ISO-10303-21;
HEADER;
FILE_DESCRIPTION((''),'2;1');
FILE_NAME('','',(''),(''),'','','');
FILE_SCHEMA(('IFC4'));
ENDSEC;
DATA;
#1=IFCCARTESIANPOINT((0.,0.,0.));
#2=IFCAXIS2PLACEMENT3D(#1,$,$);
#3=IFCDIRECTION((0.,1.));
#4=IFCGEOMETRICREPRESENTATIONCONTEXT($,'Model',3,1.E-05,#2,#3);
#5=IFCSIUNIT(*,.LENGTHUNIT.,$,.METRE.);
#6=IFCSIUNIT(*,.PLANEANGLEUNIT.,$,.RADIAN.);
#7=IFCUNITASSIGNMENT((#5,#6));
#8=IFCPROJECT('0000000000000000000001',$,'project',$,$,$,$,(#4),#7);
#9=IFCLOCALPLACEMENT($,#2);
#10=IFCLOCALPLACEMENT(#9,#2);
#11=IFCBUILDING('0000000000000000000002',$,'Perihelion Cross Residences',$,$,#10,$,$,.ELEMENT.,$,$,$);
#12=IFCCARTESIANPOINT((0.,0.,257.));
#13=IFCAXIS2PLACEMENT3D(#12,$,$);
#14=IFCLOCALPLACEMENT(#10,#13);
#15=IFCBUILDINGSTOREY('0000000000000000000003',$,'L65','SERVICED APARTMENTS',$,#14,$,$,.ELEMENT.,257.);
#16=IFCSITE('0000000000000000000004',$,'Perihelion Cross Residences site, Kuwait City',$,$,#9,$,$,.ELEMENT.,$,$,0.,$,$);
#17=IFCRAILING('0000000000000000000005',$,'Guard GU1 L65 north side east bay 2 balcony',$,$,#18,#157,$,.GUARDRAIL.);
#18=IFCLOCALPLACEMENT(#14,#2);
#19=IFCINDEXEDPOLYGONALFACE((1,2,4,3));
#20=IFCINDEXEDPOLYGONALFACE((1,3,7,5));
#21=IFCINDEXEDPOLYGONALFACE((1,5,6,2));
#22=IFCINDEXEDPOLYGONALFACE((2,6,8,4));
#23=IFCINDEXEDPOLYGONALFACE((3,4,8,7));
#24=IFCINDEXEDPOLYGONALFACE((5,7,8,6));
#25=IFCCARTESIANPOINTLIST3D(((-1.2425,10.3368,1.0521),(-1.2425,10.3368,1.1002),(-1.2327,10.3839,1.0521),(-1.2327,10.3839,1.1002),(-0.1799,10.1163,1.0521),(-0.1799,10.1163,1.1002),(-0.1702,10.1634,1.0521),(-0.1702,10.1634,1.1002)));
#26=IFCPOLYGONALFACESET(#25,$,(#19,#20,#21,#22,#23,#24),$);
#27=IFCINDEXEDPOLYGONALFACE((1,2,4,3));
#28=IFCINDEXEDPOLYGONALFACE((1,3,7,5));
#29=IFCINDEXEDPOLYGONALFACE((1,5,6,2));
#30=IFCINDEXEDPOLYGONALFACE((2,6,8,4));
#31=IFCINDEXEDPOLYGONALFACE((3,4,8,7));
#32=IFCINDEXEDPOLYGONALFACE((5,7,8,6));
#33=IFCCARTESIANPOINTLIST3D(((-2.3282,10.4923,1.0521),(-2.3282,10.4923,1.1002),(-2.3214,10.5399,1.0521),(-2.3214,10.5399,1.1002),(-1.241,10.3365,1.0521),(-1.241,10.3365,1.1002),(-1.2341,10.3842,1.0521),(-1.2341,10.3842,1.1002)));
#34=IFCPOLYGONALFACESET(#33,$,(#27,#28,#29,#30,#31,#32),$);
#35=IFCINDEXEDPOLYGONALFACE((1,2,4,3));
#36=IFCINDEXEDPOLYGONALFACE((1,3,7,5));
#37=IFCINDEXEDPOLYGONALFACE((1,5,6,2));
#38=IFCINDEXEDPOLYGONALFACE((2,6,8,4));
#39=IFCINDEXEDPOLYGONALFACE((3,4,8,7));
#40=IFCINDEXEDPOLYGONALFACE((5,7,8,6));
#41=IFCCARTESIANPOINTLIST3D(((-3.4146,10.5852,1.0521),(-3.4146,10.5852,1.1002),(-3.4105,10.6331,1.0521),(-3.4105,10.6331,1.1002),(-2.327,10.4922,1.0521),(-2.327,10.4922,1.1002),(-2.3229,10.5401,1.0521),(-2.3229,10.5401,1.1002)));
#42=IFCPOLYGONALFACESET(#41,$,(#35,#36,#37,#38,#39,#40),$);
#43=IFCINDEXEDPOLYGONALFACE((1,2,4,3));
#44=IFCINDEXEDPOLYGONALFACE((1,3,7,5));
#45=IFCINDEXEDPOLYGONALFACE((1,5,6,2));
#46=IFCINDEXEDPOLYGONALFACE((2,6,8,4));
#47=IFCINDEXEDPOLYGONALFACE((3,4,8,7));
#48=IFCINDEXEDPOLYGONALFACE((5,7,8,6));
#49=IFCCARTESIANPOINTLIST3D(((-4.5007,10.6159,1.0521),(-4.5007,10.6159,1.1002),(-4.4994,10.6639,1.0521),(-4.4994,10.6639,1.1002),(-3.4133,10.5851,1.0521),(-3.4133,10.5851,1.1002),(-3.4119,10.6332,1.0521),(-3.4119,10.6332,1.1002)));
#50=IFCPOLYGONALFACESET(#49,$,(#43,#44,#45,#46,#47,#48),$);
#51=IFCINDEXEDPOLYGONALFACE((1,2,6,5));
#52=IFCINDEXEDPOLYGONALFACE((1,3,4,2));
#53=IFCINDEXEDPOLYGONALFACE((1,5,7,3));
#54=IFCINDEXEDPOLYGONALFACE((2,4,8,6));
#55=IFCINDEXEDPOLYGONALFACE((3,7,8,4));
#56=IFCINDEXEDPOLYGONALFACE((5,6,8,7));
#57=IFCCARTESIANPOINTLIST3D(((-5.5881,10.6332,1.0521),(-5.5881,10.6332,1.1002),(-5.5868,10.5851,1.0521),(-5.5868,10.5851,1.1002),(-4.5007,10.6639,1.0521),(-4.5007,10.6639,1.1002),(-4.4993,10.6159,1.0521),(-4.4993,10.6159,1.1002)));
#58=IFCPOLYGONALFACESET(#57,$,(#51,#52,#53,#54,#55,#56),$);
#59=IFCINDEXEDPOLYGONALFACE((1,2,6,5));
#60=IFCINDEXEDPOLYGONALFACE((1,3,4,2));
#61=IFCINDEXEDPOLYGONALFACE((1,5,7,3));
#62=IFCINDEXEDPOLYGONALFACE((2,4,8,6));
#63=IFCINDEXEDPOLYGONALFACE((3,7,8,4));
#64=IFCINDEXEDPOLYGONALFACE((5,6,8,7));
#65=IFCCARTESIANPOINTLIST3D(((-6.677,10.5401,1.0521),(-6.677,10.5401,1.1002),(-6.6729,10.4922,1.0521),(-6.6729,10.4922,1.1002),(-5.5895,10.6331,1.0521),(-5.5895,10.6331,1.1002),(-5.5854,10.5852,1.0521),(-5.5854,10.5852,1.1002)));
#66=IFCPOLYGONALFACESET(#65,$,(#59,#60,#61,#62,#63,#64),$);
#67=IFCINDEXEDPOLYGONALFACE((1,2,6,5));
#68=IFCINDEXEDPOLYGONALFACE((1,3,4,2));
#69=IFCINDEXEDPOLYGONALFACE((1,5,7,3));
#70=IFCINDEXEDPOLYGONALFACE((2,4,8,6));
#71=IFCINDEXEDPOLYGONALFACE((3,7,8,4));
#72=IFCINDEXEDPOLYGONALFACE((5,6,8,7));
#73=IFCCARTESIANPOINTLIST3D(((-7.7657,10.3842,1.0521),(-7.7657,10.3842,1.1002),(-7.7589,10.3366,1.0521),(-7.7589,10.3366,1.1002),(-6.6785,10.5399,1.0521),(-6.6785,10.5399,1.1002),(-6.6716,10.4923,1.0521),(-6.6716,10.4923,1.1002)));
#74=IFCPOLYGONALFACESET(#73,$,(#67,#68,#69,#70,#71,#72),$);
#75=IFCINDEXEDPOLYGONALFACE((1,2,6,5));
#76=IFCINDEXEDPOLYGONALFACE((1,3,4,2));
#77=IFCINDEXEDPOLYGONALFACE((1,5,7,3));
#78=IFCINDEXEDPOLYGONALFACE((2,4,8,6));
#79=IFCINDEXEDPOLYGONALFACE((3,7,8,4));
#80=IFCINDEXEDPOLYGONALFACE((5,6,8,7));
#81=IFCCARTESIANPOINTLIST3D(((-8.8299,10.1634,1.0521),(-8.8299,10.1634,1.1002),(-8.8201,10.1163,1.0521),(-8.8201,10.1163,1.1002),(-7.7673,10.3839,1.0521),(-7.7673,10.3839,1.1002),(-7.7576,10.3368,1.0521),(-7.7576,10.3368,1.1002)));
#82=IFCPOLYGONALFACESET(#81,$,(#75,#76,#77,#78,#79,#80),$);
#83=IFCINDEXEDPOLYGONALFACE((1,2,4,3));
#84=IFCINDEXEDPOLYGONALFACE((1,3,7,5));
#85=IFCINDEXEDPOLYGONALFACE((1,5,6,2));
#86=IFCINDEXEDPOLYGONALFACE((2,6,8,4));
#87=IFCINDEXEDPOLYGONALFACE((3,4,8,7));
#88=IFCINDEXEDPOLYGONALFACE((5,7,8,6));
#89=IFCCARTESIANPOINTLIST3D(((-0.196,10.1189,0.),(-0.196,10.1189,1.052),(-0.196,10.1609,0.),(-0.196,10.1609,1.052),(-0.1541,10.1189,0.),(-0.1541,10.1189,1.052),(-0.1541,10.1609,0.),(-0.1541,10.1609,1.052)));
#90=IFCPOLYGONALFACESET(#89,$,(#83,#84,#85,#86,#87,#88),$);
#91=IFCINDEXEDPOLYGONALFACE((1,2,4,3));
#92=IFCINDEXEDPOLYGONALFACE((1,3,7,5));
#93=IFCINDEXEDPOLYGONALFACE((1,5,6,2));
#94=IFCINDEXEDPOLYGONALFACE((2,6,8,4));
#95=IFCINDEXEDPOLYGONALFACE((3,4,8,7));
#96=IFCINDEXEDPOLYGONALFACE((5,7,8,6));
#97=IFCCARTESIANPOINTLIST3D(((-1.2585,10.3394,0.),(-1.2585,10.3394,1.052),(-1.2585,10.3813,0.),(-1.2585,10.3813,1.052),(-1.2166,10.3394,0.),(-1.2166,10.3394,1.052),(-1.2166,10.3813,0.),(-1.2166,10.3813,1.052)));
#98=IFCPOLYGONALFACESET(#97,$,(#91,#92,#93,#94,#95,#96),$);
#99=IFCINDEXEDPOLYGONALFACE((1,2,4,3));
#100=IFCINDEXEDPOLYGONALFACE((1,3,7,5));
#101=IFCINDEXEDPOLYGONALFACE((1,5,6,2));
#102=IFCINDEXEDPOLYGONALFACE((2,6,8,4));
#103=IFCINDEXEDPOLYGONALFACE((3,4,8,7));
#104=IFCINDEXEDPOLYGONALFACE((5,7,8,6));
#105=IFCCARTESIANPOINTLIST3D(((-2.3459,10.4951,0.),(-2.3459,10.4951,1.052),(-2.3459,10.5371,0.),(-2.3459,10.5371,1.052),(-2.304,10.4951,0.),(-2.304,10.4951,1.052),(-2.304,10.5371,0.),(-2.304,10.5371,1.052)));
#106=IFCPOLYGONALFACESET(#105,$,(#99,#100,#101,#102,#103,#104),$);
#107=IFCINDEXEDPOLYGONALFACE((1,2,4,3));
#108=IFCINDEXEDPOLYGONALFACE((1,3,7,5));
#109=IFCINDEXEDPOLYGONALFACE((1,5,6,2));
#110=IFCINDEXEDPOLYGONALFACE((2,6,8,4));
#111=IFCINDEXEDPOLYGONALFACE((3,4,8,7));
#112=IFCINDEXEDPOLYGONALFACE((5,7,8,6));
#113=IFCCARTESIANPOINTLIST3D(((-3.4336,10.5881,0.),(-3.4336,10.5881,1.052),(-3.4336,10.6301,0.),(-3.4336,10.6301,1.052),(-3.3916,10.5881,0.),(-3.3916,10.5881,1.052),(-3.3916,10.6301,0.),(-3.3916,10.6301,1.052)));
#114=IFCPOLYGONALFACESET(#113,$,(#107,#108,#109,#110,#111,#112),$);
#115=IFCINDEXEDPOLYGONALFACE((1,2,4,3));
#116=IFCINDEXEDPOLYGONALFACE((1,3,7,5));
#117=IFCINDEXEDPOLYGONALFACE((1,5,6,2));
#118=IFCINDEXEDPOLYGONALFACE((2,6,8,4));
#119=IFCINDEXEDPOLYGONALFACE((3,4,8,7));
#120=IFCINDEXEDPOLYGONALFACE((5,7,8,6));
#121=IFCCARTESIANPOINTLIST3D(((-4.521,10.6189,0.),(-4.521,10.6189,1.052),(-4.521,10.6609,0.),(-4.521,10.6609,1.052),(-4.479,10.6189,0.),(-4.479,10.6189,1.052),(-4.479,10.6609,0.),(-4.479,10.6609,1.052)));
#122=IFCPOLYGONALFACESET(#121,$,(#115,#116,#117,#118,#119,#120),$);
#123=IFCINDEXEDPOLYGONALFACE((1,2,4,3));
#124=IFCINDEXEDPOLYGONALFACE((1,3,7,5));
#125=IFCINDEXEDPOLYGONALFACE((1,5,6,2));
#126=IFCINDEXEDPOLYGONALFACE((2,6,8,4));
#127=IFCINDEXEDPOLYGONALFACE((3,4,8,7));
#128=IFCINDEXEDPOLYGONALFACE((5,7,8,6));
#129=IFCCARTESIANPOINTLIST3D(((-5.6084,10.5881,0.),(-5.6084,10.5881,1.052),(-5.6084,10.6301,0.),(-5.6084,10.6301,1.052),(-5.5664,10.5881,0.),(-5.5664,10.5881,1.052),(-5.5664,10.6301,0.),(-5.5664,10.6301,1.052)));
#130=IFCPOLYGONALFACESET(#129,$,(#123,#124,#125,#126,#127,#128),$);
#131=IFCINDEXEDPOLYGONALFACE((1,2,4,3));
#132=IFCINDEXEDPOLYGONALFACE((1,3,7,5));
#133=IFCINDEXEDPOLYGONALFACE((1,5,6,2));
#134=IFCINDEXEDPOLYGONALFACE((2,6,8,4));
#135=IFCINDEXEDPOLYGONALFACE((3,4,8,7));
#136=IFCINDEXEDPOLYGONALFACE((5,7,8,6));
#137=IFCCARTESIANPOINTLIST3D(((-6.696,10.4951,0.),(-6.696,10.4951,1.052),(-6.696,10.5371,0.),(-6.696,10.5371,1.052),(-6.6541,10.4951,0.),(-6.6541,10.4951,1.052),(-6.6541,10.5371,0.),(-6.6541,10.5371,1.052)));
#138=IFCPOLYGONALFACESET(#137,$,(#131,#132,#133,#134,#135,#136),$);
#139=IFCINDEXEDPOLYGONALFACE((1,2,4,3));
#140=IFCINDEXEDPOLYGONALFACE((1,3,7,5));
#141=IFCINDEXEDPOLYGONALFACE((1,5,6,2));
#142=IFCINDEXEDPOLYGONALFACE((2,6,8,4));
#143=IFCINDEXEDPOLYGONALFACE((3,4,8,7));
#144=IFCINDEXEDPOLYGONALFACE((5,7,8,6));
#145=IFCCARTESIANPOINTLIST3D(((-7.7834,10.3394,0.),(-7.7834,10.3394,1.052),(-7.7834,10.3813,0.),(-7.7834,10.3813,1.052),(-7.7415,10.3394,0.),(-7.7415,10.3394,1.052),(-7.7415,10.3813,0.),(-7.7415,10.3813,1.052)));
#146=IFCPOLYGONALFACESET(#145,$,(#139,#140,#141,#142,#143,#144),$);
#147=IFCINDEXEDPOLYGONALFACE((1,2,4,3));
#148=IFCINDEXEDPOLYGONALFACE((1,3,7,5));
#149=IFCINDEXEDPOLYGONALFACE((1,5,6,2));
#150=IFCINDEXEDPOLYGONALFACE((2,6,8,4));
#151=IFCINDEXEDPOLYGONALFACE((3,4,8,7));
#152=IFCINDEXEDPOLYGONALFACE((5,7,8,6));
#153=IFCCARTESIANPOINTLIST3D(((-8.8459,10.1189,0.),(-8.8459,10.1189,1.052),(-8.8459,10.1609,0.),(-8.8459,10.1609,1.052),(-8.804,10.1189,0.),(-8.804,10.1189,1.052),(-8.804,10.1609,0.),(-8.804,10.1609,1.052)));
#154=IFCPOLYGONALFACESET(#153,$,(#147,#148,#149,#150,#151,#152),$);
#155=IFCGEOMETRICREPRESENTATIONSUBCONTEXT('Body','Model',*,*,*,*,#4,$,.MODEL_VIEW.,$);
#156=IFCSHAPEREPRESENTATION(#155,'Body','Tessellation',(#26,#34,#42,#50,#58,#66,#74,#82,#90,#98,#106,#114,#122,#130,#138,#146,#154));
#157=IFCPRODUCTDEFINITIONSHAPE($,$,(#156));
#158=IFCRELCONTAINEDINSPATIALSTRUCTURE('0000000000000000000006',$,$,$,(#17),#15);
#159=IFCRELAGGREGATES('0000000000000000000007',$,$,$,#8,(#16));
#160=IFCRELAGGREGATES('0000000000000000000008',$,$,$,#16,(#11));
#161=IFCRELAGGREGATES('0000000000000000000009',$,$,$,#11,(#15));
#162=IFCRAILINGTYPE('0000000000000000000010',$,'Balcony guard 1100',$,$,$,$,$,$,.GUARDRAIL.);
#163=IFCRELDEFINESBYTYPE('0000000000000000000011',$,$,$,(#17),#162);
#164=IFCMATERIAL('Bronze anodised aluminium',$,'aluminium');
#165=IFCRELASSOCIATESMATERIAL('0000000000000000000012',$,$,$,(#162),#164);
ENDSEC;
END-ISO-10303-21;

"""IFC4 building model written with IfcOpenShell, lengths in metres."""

from ifc_helpers import new_model, si_unit, direction, frame, origin, origin_2d, place, context, subcontext, project, spatial, rectangle, extrude, material, type_object, element, save


model = new_model("IFC4")

# Units and contexts
model_context = context("Model", 3, precision=1e-05, world=origin(), true_north=direction((0.0, 1.0)))
body_context = subcontext(model_context, "Body", "Model", "MODEL_VIEW")
ifc_project = project(units=[si_unit("LENGTHUNIT", "METRE"), si_unit("PLANEANGLEUNIT", "RADIAN")], contexts=[model_context])

# Site, building, storey
site_placement = place(None, origin())
site = spatial("IfcSite", under=ifc_project, at=site_placement, Name="Perihelion Cross Residences site, Kuwait City", CompositionType="ELEMENT", RefElevation=0.0)
building_placement = place(site_placement, origin())
building = spatial("IfcBuilding", under=site, at=building_placement, Name="Perihelion Cross Residences", CompositionType="ELEMENT")
storey_placement = place(building_placement, frame((0.0, 0.0, 257.0)))
storey = spatial("IfcBuildingStorey", under=building, at=storey_placement, Name="L65", Description="SERVICED APARTMENTS", CompositionType="ELEMENT", Elevation=257.0)

# Railing
ifc_material_1 = material(Name="Bronze anodised aluminium", Category="aluminium")
railing_type = type_object("IfcRailingType", Name="Balcony guard 1100", PredefinedType="GUARDRAIL", material=ifc_material_1)
railing_1_placement = place(storey_placement, frame((-0.175, 10.1399, 0.0)))
element("IfcRailing", 1, at=railing_1_placement, inside=storey, type_object=railing_type, Name="Guard GU1 L65 north side east bay 2 balcony", PredefinedType="GUARDRAIL", context=body_context, shape_type="SweptSolid", body=[
    extrude(rectangle(XDim=0.0481, YDim=0.0481, at=origin_2d()), frame((0.0, 0.0, 1.0762), z_axis=(-0.979145, 0.203164, 0.0), x_axis=(-0.203164, -0.979145, 0.0)), (0.0, 0.0, 1.0), 1.0852),
    extrude(rectangle(XDim=0.0481, YDim=0.0481, at=origin_2d()), frame((-1.0625, 0.2205, 1.0762), z_axis=(-0.989896, 0.141795, 0.0), x_axis=(-0.141795, -0.989896, 0.0)), (0.0, 0.0, 1.0), 1.0984),
    extrude(rectangle(XDim=0.0481, YDim=0.0481, at=origin_2d()), frame((-2.1499, 0.3762, 1.0762), z_axis=(-0.996363, 0.085211, 0.0), x_axis=(-0.085211, -0.996363, 0.0)), (0.0, 0.0, 1.0), 1.0916),
    extrude(rectangle(XDim=0.0481, YDim=0.0481, at=origin_2d()), frame((-3.2375, 0.4692, 1.0762), z_axis=(-0.9996, 0.028278, 0.0), x_axis=(-0.028278, -0.9996, 0.0)), (0.0, 0.0, 1.0), 1.0879),
    extrude(rectangle(XDim=0.0481, YDim=0.0481, at=origin_2d()), frame((-4.325, 0.5, 1.0762), z_axis=(-0.9996, -0.028278, 0.0), x_axis=(0.028278, -0.9996, 0.0)), (0.0, 0.0, 1.0), 1.0879),
    extrude(rectangle(XDim=0.0481, YDim=0.0481, at=origin_2d()), frame((-5.4124, 0.4692, 1.0762), z_axis=(-0.996363, -0.085211, 0.0), x_axis=(0.085211, -0.996363, 0.0)), (0.0, 0.0, 1.0), 1.0916),
    extrude(rectangle(XDim=0.0481, YDim=0.0481, at=origin_2d()), frame((-6.5, 0.3762, 1.0762), z_axis=(-0.989896, -0.141795, 0.0), x_axis=(0.141795, -0.989896, 0.0)), (0.0, 0.0, 1.0), 1.0984),
    extrude(rectangle(XDim=0.0481, YDim=0.0481, at=origin_2d()), frame((-7.5874, 0.2205, 1.0762), z_axis=(-0.979145, -0.203164, 0.0), x_axis=(0.203164, -0.979145, 0.0)), (0.0, 0.0, 1.0), 1.0852),
    extrude(rectangle(XDim=0.042, YDim=0.042, at=origin_2d()), origin(), (0.0, 0.0, 1.0), 1.052),
    extrude(rectangle(XDim=0.042, YDim=0.042, at=origin_2d()), frame((-1.0625, 0.2205, 0.0)), (0.0, 0.0, 1.0), 1.052),
    extrude(rectangle(XDim=0.042, YDim=0.042, at=origin_2d()), frame((-2.1499, 0.3762, 0.0)), (0.0, 0.0, 1.0), 1.052),
    extrude(rectangle(XDim=0.042, YDim=0.042, at=origin_2d()), frame((-3.2375, 0.4692, 0.0)), (0.0, 0.0, 1.0), 1.052),
    extrude(rectangle(XDim=0.042, YDim=0.042, at=origin_2d()), frame((-4.325, 0.5, 0.0)), (0.0, 0.0, 1.0), 1.052),
    extrude(rectangle(XDim=0.042, YDim=0.042, at=origin_2d()), frame((-5.4124, 0.4692, 0.0)), (0.0, 0.0, 1.0), 1.052),
    extrude(rectangle(XDim=0.042, YDim=0.042, at=origin_2d()), frame((-6.5, 0.3762, 0.0)), (0.0, 0.0, 1.0), 1.052),
    extrude(rectangle(XDim=0.042, YDim=0.042, at=origin_2d()), frame((-7.5874, 0.2205, 0.0)), (0.0, 0.0, 1.0), 1.052),
    extrude(rectangle(XDim=0.042, YDim=0.042, at=origin_2d()), frame((-8.6499, 0.0, 0.0)), (0.0, 0.0, 1.0), 1.052),
])

save(model, "model.ifc")
